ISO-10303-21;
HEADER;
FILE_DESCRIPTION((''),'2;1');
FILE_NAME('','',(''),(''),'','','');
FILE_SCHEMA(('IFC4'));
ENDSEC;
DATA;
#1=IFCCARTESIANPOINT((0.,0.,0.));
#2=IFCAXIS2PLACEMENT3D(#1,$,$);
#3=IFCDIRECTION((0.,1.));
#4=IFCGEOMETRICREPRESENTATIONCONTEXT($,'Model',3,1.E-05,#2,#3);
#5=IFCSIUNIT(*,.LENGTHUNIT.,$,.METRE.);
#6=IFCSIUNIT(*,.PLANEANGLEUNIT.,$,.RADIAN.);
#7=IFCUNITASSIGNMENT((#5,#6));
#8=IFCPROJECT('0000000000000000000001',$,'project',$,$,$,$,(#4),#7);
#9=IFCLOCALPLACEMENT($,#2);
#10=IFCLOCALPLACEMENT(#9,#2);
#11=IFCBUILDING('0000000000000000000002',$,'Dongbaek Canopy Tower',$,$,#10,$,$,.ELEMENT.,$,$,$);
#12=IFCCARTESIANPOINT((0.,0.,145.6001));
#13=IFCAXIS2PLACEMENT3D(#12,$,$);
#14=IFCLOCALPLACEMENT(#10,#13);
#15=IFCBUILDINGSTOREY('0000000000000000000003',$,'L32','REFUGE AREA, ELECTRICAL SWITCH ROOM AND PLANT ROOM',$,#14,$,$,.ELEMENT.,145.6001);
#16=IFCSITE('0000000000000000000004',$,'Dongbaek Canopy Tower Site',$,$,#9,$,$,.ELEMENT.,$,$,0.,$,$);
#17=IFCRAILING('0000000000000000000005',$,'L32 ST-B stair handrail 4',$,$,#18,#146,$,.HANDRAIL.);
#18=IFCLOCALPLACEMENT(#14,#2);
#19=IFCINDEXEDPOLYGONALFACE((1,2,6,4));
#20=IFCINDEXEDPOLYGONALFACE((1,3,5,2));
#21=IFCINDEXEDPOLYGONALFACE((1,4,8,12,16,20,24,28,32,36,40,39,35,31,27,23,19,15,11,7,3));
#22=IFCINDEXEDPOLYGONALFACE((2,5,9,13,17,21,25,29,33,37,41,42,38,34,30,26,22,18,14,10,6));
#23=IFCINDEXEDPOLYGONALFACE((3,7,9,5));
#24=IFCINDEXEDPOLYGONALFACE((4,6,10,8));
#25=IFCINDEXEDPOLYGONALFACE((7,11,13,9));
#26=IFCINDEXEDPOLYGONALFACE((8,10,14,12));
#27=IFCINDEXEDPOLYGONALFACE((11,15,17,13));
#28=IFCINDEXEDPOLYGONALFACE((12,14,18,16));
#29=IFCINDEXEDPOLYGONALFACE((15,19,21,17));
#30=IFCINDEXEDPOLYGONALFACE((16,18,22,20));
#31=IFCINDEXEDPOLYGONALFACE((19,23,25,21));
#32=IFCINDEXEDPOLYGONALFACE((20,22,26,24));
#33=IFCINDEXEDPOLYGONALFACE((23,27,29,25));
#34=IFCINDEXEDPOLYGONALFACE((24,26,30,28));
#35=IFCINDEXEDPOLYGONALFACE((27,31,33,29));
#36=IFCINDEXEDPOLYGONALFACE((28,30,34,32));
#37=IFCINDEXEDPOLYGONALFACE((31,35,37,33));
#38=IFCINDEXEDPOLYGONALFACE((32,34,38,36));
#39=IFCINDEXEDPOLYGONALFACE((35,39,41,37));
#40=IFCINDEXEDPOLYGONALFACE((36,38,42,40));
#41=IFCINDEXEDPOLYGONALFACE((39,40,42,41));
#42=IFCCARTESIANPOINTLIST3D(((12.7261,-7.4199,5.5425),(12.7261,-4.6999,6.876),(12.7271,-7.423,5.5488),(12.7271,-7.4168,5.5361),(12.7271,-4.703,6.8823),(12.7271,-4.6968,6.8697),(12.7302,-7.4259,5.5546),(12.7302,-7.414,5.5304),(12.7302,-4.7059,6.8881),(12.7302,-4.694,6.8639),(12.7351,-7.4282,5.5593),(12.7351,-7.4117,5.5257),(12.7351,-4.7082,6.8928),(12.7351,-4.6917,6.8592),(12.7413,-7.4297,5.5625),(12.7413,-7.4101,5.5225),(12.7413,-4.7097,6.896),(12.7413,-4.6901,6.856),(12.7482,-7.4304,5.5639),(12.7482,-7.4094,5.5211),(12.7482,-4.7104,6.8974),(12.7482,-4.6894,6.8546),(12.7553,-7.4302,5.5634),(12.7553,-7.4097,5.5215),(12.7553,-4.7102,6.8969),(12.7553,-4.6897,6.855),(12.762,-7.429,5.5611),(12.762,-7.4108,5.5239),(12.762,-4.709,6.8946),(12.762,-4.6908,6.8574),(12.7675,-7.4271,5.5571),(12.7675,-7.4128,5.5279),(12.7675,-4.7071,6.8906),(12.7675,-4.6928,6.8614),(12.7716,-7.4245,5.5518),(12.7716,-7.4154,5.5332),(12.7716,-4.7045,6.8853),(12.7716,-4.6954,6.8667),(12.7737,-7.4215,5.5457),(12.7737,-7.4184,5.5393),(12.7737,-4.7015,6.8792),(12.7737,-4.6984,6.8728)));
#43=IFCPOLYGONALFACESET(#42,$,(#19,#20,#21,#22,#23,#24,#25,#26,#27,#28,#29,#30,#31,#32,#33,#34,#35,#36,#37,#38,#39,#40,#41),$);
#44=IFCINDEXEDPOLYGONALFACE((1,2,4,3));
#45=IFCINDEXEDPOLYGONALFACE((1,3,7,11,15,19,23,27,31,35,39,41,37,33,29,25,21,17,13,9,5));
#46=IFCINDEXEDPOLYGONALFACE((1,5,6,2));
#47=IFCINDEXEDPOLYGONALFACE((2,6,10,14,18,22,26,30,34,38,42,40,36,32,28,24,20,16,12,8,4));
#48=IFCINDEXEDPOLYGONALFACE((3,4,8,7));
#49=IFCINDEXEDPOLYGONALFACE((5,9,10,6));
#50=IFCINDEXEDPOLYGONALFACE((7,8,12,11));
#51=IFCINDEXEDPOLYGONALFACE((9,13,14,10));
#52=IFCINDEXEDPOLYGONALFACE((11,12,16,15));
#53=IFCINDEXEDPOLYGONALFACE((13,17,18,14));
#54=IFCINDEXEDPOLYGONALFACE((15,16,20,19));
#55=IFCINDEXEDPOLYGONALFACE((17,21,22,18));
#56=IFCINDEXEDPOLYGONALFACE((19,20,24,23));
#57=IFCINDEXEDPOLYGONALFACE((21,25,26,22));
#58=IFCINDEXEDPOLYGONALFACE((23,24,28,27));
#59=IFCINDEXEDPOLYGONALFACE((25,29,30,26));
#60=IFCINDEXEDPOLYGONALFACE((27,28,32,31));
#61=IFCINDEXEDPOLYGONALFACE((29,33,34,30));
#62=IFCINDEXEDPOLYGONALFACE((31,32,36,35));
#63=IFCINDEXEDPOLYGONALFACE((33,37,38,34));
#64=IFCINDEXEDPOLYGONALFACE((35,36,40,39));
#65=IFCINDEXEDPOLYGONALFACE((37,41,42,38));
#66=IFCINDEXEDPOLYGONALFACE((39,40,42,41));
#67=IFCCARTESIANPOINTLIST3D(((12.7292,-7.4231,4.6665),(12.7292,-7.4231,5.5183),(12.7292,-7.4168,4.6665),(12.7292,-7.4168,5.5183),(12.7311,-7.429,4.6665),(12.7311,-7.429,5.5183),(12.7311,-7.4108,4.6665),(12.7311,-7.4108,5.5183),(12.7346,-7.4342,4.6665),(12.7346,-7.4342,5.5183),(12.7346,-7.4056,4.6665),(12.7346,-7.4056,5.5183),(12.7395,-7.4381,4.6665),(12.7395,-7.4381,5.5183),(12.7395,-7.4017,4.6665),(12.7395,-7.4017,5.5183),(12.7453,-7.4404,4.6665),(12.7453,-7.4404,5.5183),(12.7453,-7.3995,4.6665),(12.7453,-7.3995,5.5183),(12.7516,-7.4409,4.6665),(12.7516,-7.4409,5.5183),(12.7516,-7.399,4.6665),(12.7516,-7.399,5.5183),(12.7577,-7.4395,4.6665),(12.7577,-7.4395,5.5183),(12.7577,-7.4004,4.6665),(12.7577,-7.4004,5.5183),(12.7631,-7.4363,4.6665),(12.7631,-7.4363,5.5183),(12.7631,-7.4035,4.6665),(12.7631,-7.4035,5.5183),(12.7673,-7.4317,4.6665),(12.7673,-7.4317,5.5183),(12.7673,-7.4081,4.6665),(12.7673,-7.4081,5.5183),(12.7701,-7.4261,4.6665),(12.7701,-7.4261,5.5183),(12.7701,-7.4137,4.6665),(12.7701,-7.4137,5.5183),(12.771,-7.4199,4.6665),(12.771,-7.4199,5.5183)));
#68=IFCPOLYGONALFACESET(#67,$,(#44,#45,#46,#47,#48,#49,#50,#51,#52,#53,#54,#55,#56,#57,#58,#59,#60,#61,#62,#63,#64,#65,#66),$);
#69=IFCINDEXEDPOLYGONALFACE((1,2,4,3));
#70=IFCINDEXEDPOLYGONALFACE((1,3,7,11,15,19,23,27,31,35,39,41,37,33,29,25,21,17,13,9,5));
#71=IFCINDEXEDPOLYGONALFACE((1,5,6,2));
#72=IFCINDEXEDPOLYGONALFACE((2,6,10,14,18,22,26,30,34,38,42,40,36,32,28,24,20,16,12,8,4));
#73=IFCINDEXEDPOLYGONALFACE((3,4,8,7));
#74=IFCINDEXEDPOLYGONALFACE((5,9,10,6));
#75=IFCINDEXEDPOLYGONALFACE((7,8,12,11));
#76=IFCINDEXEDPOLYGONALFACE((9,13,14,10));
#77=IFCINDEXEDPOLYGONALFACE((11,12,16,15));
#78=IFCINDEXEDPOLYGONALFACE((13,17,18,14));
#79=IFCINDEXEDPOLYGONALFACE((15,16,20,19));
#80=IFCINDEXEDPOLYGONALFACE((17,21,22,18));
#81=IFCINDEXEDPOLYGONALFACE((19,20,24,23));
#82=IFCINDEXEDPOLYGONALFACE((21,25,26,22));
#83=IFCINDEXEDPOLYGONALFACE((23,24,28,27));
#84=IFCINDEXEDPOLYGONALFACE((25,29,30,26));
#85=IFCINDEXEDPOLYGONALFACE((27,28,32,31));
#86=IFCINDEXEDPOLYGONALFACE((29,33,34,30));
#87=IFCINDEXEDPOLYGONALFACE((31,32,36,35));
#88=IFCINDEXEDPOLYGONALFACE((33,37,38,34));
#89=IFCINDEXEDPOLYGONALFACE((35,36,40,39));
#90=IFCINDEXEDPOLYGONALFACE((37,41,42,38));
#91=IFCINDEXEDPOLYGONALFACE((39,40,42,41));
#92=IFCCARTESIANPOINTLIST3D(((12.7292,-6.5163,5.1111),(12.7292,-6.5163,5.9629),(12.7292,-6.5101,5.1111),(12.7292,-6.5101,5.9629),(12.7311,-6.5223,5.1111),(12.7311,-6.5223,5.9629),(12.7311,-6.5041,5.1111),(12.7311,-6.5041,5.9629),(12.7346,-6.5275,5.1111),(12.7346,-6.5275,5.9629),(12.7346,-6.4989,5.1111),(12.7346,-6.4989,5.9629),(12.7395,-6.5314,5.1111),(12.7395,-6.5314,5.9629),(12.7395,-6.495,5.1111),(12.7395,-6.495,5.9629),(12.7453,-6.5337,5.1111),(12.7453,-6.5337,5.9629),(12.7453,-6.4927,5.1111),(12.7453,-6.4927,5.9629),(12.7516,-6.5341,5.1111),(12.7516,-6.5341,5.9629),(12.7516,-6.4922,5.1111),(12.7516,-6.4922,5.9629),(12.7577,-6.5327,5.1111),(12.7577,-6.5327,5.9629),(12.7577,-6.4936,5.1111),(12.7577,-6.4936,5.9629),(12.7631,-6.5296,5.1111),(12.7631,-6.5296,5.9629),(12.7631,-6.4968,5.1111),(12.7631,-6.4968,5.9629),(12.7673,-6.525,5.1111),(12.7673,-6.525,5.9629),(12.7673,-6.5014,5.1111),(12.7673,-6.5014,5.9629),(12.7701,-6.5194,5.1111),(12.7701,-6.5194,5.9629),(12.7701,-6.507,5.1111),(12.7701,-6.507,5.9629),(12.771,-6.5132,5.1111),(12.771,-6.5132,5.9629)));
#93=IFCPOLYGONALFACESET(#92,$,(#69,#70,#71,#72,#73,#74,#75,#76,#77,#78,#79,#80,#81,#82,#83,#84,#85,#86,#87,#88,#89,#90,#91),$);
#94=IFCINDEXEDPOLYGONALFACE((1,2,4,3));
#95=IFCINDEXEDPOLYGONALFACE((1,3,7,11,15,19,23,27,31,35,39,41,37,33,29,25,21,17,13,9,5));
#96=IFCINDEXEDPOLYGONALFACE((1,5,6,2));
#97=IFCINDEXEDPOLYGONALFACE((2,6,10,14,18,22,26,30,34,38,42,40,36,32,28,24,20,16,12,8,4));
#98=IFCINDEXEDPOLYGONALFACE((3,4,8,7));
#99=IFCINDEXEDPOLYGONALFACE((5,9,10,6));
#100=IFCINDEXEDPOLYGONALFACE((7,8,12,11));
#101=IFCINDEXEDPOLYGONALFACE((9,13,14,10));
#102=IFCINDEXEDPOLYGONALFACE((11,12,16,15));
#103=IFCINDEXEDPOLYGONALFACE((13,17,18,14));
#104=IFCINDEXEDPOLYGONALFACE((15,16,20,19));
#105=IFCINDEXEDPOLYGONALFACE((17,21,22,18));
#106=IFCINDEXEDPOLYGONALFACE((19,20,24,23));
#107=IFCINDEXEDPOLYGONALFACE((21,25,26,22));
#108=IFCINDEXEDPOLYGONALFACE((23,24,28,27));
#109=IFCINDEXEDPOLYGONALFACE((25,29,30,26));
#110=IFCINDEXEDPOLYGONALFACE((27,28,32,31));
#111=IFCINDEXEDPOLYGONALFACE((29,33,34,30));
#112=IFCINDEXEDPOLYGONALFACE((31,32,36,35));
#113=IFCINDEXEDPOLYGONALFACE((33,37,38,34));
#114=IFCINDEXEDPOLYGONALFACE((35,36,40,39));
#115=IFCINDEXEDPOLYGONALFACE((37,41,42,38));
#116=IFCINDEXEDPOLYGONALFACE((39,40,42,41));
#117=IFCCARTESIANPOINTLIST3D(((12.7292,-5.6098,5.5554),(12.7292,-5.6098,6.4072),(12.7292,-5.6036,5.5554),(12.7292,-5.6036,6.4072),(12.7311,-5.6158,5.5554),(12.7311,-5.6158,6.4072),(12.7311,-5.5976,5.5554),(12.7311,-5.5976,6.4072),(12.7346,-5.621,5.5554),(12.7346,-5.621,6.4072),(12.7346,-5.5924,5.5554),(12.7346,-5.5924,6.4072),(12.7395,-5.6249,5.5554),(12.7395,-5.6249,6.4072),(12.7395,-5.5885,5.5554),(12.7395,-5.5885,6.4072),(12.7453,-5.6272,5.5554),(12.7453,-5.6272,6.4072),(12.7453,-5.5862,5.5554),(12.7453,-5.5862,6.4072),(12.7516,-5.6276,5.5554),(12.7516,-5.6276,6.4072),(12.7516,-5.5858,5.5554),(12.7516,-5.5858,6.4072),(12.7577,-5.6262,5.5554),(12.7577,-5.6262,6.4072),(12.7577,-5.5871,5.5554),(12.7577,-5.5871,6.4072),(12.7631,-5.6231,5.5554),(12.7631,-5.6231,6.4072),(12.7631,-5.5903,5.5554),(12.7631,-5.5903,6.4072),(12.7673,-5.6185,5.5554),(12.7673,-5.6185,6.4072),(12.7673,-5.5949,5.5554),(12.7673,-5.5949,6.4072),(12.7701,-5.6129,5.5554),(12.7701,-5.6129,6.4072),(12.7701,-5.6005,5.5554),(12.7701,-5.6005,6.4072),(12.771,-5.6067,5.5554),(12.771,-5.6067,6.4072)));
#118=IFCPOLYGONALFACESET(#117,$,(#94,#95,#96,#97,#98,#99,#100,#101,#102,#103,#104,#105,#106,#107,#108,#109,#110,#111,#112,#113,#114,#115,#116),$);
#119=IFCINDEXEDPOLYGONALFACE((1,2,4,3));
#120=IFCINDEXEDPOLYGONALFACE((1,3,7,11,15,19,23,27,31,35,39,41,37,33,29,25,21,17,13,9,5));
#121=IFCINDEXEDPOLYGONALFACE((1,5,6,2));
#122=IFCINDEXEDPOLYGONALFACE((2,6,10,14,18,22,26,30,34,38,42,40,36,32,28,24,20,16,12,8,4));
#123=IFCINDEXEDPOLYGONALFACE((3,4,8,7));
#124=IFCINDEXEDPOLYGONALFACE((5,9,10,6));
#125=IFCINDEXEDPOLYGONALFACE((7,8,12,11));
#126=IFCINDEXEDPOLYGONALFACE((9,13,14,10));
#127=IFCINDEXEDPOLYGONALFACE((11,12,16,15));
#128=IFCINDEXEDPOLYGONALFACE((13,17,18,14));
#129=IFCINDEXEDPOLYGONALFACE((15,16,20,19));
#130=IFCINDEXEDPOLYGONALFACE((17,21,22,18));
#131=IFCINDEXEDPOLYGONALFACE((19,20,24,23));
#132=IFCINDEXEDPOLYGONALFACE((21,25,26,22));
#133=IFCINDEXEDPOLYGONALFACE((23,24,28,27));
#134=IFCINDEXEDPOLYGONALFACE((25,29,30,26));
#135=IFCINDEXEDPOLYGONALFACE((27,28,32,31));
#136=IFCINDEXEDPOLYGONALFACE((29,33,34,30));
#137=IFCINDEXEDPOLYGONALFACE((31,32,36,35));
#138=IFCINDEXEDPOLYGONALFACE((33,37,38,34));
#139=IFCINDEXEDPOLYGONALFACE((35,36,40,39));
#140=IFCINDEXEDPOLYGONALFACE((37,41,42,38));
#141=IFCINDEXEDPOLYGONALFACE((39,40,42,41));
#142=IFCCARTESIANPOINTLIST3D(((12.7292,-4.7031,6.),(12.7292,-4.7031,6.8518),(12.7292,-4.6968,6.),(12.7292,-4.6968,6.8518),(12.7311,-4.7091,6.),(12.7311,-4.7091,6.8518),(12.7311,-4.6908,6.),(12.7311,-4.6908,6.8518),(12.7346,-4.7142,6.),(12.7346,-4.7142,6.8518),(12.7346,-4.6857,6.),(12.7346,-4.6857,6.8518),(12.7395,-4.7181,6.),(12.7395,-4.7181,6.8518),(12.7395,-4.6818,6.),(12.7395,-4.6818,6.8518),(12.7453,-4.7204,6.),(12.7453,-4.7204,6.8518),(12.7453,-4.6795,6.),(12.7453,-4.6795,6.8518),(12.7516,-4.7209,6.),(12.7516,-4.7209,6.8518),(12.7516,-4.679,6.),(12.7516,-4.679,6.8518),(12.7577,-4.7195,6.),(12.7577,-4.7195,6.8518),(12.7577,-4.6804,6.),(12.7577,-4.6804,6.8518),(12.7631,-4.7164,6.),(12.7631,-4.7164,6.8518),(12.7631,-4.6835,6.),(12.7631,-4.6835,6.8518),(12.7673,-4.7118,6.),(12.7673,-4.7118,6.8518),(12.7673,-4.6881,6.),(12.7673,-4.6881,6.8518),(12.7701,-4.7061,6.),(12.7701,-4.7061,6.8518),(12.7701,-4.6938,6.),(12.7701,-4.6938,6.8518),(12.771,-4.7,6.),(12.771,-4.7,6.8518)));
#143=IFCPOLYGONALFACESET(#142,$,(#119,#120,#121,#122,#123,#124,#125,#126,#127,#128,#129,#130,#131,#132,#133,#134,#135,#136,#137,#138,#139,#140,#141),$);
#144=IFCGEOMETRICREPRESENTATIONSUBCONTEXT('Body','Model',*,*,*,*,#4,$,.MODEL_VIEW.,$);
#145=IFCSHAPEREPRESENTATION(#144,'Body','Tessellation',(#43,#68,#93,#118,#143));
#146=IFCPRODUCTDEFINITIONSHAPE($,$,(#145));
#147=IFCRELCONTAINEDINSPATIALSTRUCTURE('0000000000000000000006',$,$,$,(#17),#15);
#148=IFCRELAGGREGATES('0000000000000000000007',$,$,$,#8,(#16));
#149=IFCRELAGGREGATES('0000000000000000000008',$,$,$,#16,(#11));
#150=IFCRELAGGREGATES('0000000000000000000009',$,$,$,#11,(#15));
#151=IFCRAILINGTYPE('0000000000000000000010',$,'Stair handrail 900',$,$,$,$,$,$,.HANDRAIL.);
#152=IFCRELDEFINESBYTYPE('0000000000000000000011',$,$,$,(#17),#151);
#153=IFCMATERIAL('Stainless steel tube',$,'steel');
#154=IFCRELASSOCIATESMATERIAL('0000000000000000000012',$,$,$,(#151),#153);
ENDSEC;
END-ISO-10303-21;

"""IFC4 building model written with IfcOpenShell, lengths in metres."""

from ifc_helpers import new_model, si_unit, direction, frame, origin, origin_2d, place, context, subcontext, project, spatial, circle, extrude, material, type_object, element, save


model = new_model("IFC4")

# Units and contexts
model_context = context("Model", 3, precision=1e-05, world=origin(), true_north=direction((0.0, 1.0)))
body_context = subcontext(model_context, "Body", "Model", "MODEL_VIEW")
ifc_project = project(units=[si_unit("LENGTHUNIT", "METRE"), si_unit("PLANEANGLEUNIT", "RADIAN")], contexts=[model_context])

# Site, building, storey
site_placement = place(None, origin())
site = spatial("IfcSite", under=ifc_project, at=site_placement, Name="Dongbaek Canopy Tower Site", CompositionType="ELEMENT", RefElevation=0.0)
building_placement = place(site_placement, origin())
building = spatial("IfcBuilding", under=site, at=building_placement, Name="Dongbaek Canopy Tower", CompositionType="ELEMENT")
storey_placement = place(building_placement, frame((0.0, 0.0, 145.6001)))
storey = spatial("IfcBuildingStorey", under=building, at=storey_placement, Name="L32", Description="REFUGE AREA, ELECTRICAL SWITCH ROOM AND PLANT ROOM", CompositionType="ELEMENT", Elevation=145.6001)

# Railing
ifc_material_1 = material(Name="Stainless steel tube", Category="steel")
railing_type_1 = type_object("IfcRailingType", Name="Stair handrail 900", PredefinedType="HANDRAIL", material=ifc_material_1)
railing_1_placement = place(storey_placement, frame((12.75, -7.4199, 4.6665)))
element("IfcRailing", 1, at=railing_1_placement, inside=storey, type_object=railing_type_1, Name="L32 ST-B stair handrail 4", PredefinedType="HANDRAIL", context=body_context, shape_type="SweptSolid", body=[
    extrude(circle(Radius=0.0239, at=origin_2d()), frame((0.0, 0.0, 0.876), z_axis=(0.0, 0.897898, 0.440204), x_axis=(-1.0, 0.0, 0.0)), (0.0, 0.0, 1.0), 3.0293),
    extrude(circle(Radius=0.021, at=origin_2d()), origin(), (0.0, 0.0, 1.0), 0.8518),
    extrude(circle(Radius=0.021, at=origin_2d()), frame((0.0, 0.9067, 0.4446)), (0.0, 0.0, 1.0), 0.8518),
    extrude(circle(Radius=0.021, at=origin_2d()), frame((0.0, 1.8132, 0.8889)), (0.0, 0.0, 1.0), 0.8518),
    extrude(circle(Radius=0.021, at=origin_2d()), frame((0.0, 2.72, 1.3335)), (0.0, 0.0, 1.0), 0.8518),
])

save(model, "model.ifc")
